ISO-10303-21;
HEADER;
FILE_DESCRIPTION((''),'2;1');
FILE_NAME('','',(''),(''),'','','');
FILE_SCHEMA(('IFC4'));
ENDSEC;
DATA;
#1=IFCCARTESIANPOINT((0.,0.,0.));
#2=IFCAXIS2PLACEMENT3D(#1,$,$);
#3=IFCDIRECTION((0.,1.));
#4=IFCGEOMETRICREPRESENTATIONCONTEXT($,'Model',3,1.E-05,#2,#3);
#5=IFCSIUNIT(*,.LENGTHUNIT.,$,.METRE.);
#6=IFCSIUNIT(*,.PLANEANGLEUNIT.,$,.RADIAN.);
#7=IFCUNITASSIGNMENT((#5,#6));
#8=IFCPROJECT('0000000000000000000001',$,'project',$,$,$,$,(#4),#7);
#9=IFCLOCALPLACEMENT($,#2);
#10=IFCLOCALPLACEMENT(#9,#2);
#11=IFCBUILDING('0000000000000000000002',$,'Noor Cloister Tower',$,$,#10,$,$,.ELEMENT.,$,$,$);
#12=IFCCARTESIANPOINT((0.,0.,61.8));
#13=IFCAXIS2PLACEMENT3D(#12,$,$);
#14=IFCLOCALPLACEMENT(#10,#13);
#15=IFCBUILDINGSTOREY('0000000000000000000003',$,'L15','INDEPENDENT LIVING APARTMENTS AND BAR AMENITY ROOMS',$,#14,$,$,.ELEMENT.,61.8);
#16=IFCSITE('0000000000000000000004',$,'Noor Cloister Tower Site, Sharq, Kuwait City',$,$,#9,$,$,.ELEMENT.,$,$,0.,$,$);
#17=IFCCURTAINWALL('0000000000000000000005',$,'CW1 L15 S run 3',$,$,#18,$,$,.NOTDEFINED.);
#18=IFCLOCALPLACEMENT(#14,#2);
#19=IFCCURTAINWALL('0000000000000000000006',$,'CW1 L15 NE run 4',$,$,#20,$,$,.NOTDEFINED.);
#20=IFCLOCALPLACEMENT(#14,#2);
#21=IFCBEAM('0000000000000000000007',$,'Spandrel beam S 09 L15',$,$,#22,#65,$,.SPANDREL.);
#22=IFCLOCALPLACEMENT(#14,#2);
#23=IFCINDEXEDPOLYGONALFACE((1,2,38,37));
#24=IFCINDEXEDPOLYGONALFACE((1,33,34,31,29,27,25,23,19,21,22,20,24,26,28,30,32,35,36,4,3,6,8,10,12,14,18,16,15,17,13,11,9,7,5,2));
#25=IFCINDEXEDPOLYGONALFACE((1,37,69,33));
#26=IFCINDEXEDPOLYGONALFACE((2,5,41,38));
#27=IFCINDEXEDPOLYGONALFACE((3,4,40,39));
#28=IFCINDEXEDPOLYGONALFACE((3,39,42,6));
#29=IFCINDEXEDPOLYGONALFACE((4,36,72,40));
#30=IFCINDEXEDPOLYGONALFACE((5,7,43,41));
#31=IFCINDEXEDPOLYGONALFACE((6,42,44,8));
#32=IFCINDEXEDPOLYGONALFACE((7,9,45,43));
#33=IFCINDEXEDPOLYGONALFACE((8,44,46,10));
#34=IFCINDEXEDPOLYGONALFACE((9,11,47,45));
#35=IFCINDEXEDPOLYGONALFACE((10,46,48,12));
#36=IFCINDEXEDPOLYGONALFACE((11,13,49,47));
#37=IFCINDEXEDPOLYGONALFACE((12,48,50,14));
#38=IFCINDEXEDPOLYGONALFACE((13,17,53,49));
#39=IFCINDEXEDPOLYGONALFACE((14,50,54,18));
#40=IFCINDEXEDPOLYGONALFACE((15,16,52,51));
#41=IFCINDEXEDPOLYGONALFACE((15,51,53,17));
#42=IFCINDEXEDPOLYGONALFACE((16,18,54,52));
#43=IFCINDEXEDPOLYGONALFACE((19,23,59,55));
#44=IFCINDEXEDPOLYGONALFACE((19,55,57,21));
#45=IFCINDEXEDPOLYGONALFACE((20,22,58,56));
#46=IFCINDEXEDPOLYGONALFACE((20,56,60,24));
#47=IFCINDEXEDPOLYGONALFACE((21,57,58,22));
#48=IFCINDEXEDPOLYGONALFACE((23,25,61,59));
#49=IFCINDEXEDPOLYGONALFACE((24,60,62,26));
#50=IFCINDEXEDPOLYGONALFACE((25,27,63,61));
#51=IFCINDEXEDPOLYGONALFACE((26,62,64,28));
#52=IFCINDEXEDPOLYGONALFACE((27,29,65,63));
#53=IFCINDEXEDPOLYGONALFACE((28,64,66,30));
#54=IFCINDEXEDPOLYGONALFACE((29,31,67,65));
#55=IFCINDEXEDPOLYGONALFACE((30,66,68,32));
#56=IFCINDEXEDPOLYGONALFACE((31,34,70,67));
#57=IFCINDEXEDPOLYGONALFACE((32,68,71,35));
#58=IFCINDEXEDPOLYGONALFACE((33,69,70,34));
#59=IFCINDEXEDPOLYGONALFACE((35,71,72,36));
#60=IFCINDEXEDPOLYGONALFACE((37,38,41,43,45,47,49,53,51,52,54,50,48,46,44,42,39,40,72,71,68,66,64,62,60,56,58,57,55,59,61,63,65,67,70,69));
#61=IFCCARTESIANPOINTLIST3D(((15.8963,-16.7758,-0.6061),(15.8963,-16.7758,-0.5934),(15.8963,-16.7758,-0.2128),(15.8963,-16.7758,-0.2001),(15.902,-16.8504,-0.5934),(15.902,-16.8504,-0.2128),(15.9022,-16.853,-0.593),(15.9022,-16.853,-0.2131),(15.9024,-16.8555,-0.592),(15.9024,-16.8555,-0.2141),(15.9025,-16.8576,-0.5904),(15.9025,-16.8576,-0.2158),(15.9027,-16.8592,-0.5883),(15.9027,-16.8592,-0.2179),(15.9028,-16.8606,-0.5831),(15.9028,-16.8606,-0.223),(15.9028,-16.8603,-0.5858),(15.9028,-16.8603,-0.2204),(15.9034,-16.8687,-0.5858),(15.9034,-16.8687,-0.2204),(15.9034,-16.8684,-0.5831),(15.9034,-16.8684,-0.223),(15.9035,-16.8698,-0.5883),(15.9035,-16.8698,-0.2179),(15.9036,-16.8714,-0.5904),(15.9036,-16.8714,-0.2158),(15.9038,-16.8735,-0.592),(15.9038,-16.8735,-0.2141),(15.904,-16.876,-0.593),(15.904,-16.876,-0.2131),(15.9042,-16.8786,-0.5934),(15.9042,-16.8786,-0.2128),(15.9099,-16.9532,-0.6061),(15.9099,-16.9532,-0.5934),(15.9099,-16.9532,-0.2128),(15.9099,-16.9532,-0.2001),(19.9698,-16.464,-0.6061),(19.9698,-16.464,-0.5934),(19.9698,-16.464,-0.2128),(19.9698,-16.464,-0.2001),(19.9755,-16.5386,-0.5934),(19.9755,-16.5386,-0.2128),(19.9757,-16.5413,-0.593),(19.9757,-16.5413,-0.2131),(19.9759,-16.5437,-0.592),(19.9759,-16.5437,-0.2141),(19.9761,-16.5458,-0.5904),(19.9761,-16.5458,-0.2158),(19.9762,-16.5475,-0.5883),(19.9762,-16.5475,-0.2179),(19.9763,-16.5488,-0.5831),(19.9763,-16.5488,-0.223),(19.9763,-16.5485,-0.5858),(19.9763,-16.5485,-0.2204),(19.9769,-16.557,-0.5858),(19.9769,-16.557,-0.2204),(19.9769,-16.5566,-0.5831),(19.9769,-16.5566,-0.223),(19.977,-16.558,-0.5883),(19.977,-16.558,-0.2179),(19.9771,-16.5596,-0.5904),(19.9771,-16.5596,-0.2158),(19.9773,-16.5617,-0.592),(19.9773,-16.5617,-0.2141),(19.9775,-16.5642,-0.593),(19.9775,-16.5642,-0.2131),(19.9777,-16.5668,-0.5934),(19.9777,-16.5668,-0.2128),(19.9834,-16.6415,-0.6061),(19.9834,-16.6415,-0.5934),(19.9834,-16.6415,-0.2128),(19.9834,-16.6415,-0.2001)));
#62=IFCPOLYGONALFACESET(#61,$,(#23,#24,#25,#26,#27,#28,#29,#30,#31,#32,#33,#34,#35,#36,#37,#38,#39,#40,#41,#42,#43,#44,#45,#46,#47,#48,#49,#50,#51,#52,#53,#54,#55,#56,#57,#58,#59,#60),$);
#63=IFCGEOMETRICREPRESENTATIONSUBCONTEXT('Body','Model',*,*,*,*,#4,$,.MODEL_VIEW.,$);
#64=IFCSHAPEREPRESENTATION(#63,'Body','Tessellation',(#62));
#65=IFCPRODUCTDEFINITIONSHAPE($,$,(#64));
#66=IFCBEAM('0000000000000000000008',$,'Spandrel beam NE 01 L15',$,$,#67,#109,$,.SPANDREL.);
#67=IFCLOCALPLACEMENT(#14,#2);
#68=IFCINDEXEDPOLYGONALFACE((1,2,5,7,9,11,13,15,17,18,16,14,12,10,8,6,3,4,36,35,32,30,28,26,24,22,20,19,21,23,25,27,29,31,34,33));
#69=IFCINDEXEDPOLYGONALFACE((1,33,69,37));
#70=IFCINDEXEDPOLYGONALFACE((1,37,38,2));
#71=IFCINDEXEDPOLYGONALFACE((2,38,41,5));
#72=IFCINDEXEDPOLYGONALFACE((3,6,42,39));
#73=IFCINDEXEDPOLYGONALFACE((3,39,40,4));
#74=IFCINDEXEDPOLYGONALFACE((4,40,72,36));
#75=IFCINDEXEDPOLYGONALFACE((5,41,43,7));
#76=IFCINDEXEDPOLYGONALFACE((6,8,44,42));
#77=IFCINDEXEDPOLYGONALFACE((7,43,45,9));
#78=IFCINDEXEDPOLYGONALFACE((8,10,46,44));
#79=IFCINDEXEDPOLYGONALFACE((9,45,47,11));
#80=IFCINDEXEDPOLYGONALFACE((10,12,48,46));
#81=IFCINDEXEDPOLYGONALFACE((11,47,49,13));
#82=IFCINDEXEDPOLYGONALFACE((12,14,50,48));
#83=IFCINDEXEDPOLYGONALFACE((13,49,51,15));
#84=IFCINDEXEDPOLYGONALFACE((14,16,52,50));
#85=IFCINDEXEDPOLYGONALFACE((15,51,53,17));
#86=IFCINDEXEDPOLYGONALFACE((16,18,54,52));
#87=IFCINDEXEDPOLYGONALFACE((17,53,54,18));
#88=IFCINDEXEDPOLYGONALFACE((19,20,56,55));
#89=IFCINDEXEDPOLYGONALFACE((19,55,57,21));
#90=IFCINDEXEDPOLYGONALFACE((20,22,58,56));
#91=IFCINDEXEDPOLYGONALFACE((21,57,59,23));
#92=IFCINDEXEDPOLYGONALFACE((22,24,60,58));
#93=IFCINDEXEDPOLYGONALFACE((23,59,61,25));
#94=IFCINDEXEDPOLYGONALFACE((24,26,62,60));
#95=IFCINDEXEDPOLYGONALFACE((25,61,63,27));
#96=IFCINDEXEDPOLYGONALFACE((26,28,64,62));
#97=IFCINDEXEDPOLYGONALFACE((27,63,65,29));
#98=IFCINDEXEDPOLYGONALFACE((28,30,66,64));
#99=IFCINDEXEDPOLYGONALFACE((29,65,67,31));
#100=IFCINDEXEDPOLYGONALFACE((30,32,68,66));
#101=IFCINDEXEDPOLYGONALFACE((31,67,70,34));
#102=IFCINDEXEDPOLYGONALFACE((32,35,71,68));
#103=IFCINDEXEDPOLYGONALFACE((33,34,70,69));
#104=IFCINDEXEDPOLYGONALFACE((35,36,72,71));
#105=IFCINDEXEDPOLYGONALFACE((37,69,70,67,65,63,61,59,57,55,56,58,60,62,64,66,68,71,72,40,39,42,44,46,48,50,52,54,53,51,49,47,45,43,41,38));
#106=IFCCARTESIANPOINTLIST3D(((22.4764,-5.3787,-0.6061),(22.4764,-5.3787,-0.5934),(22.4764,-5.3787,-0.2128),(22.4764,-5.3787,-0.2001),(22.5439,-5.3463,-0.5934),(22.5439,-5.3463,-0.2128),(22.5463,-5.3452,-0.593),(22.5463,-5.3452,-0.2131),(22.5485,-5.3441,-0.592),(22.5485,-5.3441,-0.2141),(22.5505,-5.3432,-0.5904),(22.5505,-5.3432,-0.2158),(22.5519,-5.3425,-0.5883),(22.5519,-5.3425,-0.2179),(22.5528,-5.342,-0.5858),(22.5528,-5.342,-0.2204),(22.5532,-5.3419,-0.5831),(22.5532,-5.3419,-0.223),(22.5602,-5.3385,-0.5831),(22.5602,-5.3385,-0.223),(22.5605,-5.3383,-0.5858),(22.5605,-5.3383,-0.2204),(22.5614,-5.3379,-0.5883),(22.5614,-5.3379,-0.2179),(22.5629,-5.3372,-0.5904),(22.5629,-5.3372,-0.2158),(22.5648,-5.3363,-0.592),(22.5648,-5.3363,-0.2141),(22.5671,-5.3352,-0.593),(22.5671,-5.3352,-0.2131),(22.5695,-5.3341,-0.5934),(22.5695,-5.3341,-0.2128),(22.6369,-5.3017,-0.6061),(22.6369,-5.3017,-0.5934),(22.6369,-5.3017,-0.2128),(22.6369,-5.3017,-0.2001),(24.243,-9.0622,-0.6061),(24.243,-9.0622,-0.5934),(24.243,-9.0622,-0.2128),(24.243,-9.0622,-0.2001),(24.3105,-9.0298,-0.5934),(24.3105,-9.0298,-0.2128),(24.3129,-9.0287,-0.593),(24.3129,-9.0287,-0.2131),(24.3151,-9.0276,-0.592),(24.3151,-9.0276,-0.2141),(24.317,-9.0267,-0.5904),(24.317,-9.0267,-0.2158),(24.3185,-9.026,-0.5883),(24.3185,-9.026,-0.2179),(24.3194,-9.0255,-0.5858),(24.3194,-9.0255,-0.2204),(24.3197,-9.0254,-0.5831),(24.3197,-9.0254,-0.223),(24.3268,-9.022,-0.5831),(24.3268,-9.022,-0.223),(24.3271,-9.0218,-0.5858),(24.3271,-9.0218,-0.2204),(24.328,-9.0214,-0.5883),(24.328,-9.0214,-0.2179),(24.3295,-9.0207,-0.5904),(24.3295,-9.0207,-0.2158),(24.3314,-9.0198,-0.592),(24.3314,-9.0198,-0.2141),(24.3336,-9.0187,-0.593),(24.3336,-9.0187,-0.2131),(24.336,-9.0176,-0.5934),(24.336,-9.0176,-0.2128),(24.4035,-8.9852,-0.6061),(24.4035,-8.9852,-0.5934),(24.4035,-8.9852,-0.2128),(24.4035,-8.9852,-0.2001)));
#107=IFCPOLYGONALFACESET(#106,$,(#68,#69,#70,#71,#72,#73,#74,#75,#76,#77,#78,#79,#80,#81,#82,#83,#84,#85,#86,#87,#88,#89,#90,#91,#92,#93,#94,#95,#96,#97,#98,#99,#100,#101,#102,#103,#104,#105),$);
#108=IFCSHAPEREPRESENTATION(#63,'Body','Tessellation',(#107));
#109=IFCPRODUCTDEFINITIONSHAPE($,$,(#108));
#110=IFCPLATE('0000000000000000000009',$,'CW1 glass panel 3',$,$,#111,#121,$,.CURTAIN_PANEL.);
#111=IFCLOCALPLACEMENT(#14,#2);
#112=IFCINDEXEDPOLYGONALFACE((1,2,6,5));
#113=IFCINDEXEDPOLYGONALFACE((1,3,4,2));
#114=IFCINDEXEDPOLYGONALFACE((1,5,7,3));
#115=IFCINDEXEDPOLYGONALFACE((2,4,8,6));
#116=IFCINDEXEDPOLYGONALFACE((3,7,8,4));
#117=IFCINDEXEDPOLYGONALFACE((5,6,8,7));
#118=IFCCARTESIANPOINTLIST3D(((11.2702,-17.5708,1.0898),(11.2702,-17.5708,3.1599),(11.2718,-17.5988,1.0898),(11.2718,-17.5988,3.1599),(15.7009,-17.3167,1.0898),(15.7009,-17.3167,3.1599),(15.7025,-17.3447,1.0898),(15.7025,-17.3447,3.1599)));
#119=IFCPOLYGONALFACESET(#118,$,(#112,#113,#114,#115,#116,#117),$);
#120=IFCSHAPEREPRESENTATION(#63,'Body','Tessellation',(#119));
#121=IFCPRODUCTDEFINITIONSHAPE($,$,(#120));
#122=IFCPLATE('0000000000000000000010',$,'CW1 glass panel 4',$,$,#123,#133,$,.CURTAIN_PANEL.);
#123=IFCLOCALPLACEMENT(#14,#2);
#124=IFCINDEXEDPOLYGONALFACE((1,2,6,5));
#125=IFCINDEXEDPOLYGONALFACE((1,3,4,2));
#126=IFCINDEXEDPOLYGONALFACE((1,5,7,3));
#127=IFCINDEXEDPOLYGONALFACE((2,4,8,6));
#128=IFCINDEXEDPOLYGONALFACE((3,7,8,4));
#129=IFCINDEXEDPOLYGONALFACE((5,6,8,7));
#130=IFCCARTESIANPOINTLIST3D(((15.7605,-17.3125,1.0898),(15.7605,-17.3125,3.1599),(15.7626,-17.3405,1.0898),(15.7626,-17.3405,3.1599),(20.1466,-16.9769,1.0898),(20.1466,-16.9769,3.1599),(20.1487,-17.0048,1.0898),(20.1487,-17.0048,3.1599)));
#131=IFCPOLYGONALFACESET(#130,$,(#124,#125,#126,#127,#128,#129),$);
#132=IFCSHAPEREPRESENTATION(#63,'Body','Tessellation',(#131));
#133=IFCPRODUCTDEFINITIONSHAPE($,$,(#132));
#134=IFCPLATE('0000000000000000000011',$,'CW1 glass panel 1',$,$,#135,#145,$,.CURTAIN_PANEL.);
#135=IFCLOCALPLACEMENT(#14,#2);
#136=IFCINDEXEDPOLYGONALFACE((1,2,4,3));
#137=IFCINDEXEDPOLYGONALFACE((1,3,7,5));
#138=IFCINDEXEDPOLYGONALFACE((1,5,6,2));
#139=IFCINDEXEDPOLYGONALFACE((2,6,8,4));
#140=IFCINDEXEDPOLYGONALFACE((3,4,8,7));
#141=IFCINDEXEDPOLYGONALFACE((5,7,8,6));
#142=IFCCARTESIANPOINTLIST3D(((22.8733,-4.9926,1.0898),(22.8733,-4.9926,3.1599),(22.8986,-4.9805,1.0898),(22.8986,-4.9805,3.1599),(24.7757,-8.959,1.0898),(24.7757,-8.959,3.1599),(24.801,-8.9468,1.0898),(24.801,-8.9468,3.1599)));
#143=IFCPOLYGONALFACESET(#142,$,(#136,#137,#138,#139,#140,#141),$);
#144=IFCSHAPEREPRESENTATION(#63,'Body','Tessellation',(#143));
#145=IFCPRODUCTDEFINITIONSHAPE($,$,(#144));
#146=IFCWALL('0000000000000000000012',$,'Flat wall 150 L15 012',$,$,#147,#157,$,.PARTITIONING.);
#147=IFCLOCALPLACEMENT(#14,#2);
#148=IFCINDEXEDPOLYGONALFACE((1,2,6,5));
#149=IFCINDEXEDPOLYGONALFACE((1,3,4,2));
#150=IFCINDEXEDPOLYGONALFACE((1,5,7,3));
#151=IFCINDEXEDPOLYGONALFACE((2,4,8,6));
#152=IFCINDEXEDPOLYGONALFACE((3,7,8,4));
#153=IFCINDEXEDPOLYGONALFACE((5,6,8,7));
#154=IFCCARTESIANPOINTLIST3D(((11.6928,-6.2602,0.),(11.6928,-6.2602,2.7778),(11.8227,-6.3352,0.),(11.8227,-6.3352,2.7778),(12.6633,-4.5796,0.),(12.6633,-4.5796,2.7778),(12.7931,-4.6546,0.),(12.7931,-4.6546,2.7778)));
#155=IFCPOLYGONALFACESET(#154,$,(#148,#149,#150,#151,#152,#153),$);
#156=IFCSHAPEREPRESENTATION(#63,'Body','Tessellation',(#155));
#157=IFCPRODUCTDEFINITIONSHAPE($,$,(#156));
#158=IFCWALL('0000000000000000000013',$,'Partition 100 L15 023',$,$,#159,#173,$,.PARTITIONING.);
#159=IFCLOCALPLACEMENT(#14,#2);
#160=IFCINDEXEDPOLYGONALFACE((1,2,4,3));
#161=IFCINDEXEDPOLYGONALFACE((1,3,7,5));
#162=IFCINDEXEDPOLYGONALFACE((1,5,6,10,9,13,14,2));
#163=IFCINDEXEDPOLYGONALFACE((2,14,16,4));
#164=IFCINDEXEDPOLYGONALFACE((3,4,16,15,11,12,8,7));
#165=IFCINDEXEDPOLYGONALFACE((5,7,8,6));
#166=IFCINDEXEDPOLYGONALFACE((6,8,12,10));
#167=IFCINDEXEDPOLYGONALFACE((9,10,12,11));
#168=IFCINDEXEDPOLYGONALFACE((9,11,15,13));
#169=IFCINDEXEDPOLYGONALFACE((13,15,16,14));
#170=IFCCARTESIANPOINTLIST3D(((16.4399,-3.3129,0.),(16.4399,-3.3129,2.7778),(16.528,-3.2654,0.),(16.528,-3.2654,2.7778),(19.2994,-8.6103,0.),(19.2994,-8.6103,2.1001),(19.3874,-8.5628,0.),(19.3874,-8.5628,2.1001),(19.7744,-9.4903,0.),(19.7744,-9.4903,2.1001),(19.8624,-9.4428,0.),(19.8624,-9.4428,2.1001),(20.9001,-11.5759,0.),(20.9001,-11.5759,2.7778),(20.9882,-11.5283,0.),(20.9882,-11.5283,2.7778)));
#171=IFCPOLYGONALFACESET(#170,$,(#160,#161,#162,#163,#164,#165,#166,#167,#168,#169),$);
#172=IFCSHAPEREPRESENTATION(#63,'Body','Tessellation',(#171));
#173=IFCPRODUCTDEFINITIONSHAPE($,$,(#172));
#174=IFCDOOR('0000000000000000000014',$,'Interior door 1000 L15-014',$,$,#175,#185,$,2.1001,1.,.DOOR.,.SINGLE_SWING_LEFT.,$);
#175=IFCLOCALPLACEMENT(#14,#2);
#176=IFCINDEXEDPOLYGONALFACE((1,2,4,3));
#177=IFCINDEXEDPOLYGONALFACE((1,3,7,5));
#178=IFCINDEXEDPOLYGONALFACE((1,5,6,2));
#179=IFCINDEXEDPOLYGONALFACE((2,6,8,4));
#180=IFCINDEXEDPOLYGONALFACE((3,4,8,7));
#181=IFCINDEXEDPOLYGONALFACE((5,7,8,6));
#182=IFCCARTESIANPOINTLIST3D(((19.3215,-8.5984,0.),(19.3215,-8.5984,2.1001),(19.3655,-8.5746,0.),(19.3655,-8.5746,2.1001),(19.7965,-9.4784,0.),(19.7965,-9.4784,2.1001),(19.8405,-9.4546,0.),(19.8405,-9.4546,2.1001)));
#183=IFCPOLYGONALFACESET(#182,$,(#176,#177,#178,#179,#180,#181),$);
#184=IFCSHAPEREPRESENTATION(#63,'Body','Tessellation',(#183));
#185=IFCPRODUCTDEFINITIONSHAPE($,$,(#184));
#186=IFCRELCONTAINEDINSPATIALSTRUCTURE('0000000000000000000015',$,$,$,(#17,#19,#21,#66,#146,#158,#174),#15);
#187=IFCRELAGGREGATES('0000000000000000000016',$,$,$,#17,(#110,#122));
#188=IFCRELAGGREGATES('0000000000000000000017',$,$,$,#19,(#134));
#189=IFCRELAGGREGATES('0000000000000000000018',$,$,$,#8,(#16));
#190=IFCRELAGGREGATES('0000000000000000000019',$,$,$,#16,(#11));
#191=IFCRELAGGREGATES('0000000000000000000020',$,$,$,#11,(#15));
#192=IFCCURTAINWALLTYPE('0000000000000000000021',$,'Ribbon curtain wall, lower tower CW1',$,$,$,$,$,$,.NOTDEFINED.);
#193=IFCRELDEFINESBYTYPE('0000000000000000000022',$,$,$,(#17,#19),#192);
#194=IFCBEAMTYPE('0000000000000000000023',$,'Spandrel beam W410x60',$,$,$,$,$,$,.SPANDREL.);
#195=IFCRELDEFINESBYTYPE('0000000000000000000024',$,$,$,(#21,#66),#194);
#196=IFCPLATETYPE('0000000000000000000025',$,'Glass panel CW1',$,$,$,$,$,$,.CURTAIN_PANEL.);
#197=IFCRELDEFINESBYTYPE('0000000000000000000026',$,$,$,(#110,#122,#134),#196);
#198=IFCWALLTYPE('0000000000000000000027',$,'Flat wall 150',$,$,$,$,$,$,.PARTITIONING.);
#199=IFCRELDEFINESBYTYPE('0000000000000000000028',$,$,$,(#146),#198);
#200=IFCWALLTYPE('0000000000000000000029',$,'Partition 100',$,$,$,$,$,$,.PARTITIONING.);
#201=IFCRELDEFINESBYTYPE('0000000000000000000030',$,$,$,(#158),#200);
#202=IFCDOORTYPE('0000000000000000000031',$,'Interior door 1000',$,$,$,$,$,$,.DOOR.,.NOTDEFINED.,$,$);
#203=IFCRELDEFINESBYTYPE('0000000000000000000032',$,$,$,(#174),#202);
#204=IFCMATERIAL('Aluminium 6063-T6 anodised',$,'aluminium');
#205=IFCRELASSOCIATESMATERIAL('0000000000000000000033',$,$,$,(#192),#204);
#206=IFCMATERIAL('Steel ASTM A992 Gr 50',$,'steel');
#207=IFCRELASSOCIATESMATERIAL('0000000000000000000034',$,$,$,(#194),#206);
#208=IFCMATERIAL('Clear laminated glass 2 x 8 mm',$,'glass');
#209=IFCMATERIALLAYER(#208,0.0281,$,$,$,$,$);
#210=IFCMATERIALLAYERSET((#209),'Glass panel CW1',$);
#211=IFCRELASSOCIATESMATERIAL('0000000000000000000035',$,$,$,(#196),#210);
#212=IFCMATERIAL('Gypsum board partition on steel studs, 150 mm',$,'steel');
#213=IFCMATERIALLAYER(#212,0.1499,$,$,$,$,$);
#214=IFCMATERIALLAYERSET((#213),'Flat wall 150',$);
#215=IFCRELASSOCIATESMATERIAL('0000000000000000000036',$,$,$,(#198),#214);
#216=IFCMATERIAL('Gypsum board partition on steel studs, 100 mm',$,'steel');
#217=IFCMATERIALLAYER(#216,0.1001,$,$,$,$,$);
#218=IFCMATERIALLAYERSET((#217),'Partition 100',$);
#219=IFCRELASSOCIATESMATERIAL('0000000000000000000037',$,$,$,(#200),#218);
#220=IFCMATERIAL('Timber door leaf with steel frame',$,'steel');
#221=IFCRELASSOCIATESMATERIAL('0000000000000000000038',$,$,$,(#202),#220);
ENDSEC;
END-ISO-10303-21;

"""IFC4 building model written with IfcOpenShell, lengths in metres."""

from ifc_helpers import new_model, si_unit, direction, frame, frame_2d, origin, origin_2d, place, context, subcontext, project, spatial, rectangle, i_section, extrude, material, layer, layer_set, material_profile, profile_set, type_object, element, fill, aggregate, save


model = new_model("IFC4")

# Units and contexts
model_context = context("Model", 3, precision=1e-05, world=origin(), true_north=direction((0.0, 1.0)))
body_context = subcontext(model_context, "Body", "Model", "MODEL_VIEW")
ifc_project = project(units=[si_unit("LENGTHUNIT", "METRE"), si_unit("PLANEANGLEUNIT", "RADIAN")], contexts=[model_context])

# Site, building, storey
site_placement = place(None, origin())
site = spatial("IfcSite", under=ifc_project, at=site_placement, Name="Noor Cloister Tower Site, Sharq, Kuwait City", CompositionType="ELEMENT", RefElevation=0.0)
building_placement = place(site_placement, origin())
building = spatial("IfcBuilding", under=site, at=building_placement, Name="Noor Cloister Tower", CompositionType="ELEMENT")
storey_placement = place(building_placement, frame((0.0, 0.0, 61.8)))
storey = spatial("IfcBuildingStorey", under=building, at=storey_placement, Name="L15", Description="INDEPENDENT LIVING APARTMENTS AND BAR AMENITY ROOMS", CompositionType="ELEMENT", Elevation=61.8)

# Curtain wall
ifc_material_1 = material(Name="Aluminium 6063-T6 anodised", Category="aluminium")
curtain_wall_type = type_object("IfcCurtainWallType", Name="Ribbon curtain wall, lower tower CW1", PredefinedType="NOTDEFINED", material=ifc_material_1)
curtain_wall_1_placement = place(storey_placement, origin())
curtain_wall_1 = element("IfcCurtainWall", 1, at=curtain_wall_1_placement, inside=storey, type_object=curtain_wall_type, Name="CW1 L15 S run 3", PredefinedType="NOTDEFINED")

# Curtain wall
curtain_wall_2_placement = place(storey_placement, origin())
curtain_wall_2 = element("IfcCurtainWall", 2, at=curtain_wall_2_placement, inside=storey, type_object=curtain_wall_type, Name="CW1 L15 NE run 4", PredefinedType="NOTDEFINED")

# Beams
ifc_material_2 = material(Name="Steel ASTM A992 Gr 50", Category="steel")
ifc_material_profile_1 = material_profile(ifc_material_2, i_section(OverallWidth=0.178, OverallDepth=0.406, WebThickness=0.0078, FlangeThickness=0.0127, FilletRadius=0.0103, at=origin_2d()), Name="W410x60")
ifc_profile_set_1 = profile_set([ifc_material_profile_1], Name="Steel ASTM A992 Gr 50")
beam_type_1 = type_object("IfcBeamType", Name="Spandrel beam W410x60", PredefinedType="SPANDREL", material=ifc_profile_set_1)
beam_1_placement = place(storey_placement, frame((15.9031, -16.8645, -0.4031), z_axis=(0.997084, 0.076313, 0.0), x_axis=(-0.076313, 0.997084, 0.0)))
element("IfcBeam", 3, at=beam_1_placement, inside=storey, type_object=beam_type_1, Name="Spandrel beam S 09 L15", PredefinedType="SPANDREL", context=body_context, shape_type="SweptSolid", body=[
    extrude(i_section(OverallWidth=0.178, OverallDepth=0.406, WebThickness=0.0078, FlangeThickness=0.0127, FilletRadius=0.0103, at=origin_2d()), origin(), (0.0, 0.0, 1.0), 4.0854),
])
beam_2_placement = place(storey_placement, frame((24.3232, -9.0237, -0.4031), z_axis=(-0.432428, 0.901668, 0.0), x_axis=(-0.901668, -0.432428, 0.0)))
element("IfcBeam", 4, at=beam_2_placement, inside=storey, type_object=beam_type_1, Name="Spandrel beam NE 01 L15", PredefinedType="SPANDREL", context=body_context, shape_type="SweptSolid", body=[
    extrude(i_section(OverallWidth=0.178, OverallDepth=0.406, WebThickness=0.0078, FlangeThickness=0.0127, FilletRadius=0.0103, at=origin_2d()), origin(), (0.0, 0.0, 1.0), 4.0852),
])

# Plates
ifc_material_3 = material(Name="Clear laminated glass 2 x 8 mm", Category="glass")
ifc_layer_1 = layer(ifc_material_3, 0.0281)
ifc_layer_set_1 = layer_set([ifc_layer_1], Name="Glass panel CW1")
plate_type = type_object("IfcPlateType", Name="Glass panel CW1", PredefinedType="CURTAIN_PANEL", material=ifc_layer_set_1)
plate_1_placement = place(storey_placement, frame((13.4863, -17.4578, 1.0898), z_axis=(0.0, 0.0, 1.0), x_axis=(0.998359, 0.057258, 0.0)))
plate_1 = element("IfcPlate", 5, at=plate_1_placement, type_object=plate_type, Name="CW1 glass panel 3", PredefinedType="CURTAIN_PANEL", context=body_context, shape_type="SweptSolid", body=[
    extrude(rectangle(XDim=4.438, YDim=0.0281, at=origin_2d()), origin(), (0.0, 0.0, 1.0), 2.0701),
])
plate_2_placement = place(storey_placement, frame((17.9546, -17.1587, 1.0898), z_axis=(0.0, 0.0, 1.0), x_axis=(0.997084, 0.076311, 0.0)))
plate_2 = element("IfcPlate", 6, at=plate_2_placement, type_object=plate_type, Name="CW1 glass panel 4", PredefinedType="CURTAIN_PANEL", context=body_context, shape_type="SweptSolid", body=[
    extrude(rectangle(XDim=4.3989, YDim=0.0281, at=origin_2d()), origin(), (0.0, 0.0, 1.0), 2.0701),
])
aggregate(curtain_wall_1, [plate_1, plate_2])
plate_3_placement = place(storey_placement, frame((23.8372, -6.9697, 1.0898), z_axis=(0.0, 0.0, 1.0), x_axis=(-0.432455, 0.901656, 0.0)))
plate_3 = element("IfcPlate", 7, at=plate_3_placement, type_object=plate_type, Name="CW1 glass panel 1", PredefinedType="CURTAIN_PANEL", context=body_context, shape_type="SweptSolid", body=[
    extrude(rectangle(XDim=4.3989, YDim=0.0281, at=origin_2d()), origin(), (0.0, 0.0, 1.0), 2.0701),
])
aggregate(curtain_wall_2, [plate_3])

# Wall
ifc_material_4 = material(Name="Gypsum board partition on steel studs, 150 mm", Category="steel")
ifc_layer_2 = layer(ifc_material_4, 0.1499)
ifc_layer_set_2 = layer_set([ifc_layer_2], Name="Flat wall 150")
wall_type_1 = type_object("IfcWallType", Name="Flat wall 150", PredefinedType="PARTITIONING", material=ifc_layer_set_2)
wall_1_placement = place(storey_placement, frame((11.7578, -6.2976, 0.0), z_axis=(0.0, 0.0, 1.0), x_axis=(0.500049, 0.865997, 0.0)))
element("IfcWall", 8, at=wall_1_placement, inside=storey, type_object=wall_type_1, Name="Flat wall 150 L15 012", PredefinedType="PARTITIONING", context=body_context, shape_type="SweptSolid", body=[
    extrude(rectangle(XDim=1.9407, YDim=0.1499, at=frame_2d((0.9702, 0.0))), origin(), (0.0, 0.0, 1.0), 2.7778),
])

# Wall, opening, door
ifc_material_5 = material(Name="Gypsum board partition on steel studs, 100 mm", Category="steel")
ifc_layer_3 = layer(ifc_material_5, 0.1001)
ifc_layer_set_3 = layer_set([ifc_layer_3], Name="Partition 100")
wall_type_2 = type_object("IfcWallType", Name="Partition 100", PredefinedType="PARTITIONING", material=ifc_layer_set_3)
wall_2_placement = place(storey_placement, frame((20.9441, -11.552, 0.0), z_axis=(0.0, 0.0, 1.0), x_axis=(-0.475002, 0.879985, 0.0)))
wall_2 = element("IfcWall", 9, at=wall_2_placement, inside=storey, type_object=wall_type_2, Name="Partition 100 L15 023", PredefinedType="PARTITIONING", context=body_context, shape_type="SweptSolid", body=[
    extrude(rectangle(XDim=9.3899, YDim=0.1001, at=frame_2d((4.6948, 0.0))), origin(), (0.0, 0.0, 1.0), 2.7778),
])
opening_placement = place(wall_2_placement, frame((2.3699, 0.0, 0.0)))
opening = element("IfcOpeningElement", 10, at=opening_placement, cuts=wall_2, PredefinedType="OPENING", context=body_context, shape_type="SweptSolid", body=[
    extrude(rectangle(XDim=1.0, YDim=2.1001, at=frame_2d((0.5, 1.05))), frame((0.0, 0.0601, 0.0), z_axis=(0.0, -1.0, 0.0), x_axis=(1.0, 0.0, 0.0)), (0.0, 0.0, 1.0), 0.1201),
])
ifc_material_6 = material(Name="Timber door leaf with steel frame", Category="steel")
door_type = type_object("IfcDoorType", Name="Interior door 1000", OperationType="NOTDEFINED", PredefinedType="DOOR", material=ifc_material_6)
door_placement = place(opening_placement, origin())
door = element("IfcDoor", 11, at=door_placement, inside=storey, type_object=door_type, Name="Interior door 1000 L15-014", OperationType="SINGLE_SWING_LEFT", OverallHeight=2.1001, OverallWidth=1.0, PredefinedType="DOOR", context=body_context, shape_type="SweptSolid", body=[
    extrude(rectangle(XDim=1.0, YDim=2.1001, at=frame_2d((0.5, 1.05))), frame((0.0, 0.0249, 0.0), z_axis=(0.0, -1.0, 0.0), x_axis=(1.0, 0.0, 0.0)), (0.0, 0.0, 1.0), 0.05),
])
fill(opening, door)

save(model, "model.ifc")
